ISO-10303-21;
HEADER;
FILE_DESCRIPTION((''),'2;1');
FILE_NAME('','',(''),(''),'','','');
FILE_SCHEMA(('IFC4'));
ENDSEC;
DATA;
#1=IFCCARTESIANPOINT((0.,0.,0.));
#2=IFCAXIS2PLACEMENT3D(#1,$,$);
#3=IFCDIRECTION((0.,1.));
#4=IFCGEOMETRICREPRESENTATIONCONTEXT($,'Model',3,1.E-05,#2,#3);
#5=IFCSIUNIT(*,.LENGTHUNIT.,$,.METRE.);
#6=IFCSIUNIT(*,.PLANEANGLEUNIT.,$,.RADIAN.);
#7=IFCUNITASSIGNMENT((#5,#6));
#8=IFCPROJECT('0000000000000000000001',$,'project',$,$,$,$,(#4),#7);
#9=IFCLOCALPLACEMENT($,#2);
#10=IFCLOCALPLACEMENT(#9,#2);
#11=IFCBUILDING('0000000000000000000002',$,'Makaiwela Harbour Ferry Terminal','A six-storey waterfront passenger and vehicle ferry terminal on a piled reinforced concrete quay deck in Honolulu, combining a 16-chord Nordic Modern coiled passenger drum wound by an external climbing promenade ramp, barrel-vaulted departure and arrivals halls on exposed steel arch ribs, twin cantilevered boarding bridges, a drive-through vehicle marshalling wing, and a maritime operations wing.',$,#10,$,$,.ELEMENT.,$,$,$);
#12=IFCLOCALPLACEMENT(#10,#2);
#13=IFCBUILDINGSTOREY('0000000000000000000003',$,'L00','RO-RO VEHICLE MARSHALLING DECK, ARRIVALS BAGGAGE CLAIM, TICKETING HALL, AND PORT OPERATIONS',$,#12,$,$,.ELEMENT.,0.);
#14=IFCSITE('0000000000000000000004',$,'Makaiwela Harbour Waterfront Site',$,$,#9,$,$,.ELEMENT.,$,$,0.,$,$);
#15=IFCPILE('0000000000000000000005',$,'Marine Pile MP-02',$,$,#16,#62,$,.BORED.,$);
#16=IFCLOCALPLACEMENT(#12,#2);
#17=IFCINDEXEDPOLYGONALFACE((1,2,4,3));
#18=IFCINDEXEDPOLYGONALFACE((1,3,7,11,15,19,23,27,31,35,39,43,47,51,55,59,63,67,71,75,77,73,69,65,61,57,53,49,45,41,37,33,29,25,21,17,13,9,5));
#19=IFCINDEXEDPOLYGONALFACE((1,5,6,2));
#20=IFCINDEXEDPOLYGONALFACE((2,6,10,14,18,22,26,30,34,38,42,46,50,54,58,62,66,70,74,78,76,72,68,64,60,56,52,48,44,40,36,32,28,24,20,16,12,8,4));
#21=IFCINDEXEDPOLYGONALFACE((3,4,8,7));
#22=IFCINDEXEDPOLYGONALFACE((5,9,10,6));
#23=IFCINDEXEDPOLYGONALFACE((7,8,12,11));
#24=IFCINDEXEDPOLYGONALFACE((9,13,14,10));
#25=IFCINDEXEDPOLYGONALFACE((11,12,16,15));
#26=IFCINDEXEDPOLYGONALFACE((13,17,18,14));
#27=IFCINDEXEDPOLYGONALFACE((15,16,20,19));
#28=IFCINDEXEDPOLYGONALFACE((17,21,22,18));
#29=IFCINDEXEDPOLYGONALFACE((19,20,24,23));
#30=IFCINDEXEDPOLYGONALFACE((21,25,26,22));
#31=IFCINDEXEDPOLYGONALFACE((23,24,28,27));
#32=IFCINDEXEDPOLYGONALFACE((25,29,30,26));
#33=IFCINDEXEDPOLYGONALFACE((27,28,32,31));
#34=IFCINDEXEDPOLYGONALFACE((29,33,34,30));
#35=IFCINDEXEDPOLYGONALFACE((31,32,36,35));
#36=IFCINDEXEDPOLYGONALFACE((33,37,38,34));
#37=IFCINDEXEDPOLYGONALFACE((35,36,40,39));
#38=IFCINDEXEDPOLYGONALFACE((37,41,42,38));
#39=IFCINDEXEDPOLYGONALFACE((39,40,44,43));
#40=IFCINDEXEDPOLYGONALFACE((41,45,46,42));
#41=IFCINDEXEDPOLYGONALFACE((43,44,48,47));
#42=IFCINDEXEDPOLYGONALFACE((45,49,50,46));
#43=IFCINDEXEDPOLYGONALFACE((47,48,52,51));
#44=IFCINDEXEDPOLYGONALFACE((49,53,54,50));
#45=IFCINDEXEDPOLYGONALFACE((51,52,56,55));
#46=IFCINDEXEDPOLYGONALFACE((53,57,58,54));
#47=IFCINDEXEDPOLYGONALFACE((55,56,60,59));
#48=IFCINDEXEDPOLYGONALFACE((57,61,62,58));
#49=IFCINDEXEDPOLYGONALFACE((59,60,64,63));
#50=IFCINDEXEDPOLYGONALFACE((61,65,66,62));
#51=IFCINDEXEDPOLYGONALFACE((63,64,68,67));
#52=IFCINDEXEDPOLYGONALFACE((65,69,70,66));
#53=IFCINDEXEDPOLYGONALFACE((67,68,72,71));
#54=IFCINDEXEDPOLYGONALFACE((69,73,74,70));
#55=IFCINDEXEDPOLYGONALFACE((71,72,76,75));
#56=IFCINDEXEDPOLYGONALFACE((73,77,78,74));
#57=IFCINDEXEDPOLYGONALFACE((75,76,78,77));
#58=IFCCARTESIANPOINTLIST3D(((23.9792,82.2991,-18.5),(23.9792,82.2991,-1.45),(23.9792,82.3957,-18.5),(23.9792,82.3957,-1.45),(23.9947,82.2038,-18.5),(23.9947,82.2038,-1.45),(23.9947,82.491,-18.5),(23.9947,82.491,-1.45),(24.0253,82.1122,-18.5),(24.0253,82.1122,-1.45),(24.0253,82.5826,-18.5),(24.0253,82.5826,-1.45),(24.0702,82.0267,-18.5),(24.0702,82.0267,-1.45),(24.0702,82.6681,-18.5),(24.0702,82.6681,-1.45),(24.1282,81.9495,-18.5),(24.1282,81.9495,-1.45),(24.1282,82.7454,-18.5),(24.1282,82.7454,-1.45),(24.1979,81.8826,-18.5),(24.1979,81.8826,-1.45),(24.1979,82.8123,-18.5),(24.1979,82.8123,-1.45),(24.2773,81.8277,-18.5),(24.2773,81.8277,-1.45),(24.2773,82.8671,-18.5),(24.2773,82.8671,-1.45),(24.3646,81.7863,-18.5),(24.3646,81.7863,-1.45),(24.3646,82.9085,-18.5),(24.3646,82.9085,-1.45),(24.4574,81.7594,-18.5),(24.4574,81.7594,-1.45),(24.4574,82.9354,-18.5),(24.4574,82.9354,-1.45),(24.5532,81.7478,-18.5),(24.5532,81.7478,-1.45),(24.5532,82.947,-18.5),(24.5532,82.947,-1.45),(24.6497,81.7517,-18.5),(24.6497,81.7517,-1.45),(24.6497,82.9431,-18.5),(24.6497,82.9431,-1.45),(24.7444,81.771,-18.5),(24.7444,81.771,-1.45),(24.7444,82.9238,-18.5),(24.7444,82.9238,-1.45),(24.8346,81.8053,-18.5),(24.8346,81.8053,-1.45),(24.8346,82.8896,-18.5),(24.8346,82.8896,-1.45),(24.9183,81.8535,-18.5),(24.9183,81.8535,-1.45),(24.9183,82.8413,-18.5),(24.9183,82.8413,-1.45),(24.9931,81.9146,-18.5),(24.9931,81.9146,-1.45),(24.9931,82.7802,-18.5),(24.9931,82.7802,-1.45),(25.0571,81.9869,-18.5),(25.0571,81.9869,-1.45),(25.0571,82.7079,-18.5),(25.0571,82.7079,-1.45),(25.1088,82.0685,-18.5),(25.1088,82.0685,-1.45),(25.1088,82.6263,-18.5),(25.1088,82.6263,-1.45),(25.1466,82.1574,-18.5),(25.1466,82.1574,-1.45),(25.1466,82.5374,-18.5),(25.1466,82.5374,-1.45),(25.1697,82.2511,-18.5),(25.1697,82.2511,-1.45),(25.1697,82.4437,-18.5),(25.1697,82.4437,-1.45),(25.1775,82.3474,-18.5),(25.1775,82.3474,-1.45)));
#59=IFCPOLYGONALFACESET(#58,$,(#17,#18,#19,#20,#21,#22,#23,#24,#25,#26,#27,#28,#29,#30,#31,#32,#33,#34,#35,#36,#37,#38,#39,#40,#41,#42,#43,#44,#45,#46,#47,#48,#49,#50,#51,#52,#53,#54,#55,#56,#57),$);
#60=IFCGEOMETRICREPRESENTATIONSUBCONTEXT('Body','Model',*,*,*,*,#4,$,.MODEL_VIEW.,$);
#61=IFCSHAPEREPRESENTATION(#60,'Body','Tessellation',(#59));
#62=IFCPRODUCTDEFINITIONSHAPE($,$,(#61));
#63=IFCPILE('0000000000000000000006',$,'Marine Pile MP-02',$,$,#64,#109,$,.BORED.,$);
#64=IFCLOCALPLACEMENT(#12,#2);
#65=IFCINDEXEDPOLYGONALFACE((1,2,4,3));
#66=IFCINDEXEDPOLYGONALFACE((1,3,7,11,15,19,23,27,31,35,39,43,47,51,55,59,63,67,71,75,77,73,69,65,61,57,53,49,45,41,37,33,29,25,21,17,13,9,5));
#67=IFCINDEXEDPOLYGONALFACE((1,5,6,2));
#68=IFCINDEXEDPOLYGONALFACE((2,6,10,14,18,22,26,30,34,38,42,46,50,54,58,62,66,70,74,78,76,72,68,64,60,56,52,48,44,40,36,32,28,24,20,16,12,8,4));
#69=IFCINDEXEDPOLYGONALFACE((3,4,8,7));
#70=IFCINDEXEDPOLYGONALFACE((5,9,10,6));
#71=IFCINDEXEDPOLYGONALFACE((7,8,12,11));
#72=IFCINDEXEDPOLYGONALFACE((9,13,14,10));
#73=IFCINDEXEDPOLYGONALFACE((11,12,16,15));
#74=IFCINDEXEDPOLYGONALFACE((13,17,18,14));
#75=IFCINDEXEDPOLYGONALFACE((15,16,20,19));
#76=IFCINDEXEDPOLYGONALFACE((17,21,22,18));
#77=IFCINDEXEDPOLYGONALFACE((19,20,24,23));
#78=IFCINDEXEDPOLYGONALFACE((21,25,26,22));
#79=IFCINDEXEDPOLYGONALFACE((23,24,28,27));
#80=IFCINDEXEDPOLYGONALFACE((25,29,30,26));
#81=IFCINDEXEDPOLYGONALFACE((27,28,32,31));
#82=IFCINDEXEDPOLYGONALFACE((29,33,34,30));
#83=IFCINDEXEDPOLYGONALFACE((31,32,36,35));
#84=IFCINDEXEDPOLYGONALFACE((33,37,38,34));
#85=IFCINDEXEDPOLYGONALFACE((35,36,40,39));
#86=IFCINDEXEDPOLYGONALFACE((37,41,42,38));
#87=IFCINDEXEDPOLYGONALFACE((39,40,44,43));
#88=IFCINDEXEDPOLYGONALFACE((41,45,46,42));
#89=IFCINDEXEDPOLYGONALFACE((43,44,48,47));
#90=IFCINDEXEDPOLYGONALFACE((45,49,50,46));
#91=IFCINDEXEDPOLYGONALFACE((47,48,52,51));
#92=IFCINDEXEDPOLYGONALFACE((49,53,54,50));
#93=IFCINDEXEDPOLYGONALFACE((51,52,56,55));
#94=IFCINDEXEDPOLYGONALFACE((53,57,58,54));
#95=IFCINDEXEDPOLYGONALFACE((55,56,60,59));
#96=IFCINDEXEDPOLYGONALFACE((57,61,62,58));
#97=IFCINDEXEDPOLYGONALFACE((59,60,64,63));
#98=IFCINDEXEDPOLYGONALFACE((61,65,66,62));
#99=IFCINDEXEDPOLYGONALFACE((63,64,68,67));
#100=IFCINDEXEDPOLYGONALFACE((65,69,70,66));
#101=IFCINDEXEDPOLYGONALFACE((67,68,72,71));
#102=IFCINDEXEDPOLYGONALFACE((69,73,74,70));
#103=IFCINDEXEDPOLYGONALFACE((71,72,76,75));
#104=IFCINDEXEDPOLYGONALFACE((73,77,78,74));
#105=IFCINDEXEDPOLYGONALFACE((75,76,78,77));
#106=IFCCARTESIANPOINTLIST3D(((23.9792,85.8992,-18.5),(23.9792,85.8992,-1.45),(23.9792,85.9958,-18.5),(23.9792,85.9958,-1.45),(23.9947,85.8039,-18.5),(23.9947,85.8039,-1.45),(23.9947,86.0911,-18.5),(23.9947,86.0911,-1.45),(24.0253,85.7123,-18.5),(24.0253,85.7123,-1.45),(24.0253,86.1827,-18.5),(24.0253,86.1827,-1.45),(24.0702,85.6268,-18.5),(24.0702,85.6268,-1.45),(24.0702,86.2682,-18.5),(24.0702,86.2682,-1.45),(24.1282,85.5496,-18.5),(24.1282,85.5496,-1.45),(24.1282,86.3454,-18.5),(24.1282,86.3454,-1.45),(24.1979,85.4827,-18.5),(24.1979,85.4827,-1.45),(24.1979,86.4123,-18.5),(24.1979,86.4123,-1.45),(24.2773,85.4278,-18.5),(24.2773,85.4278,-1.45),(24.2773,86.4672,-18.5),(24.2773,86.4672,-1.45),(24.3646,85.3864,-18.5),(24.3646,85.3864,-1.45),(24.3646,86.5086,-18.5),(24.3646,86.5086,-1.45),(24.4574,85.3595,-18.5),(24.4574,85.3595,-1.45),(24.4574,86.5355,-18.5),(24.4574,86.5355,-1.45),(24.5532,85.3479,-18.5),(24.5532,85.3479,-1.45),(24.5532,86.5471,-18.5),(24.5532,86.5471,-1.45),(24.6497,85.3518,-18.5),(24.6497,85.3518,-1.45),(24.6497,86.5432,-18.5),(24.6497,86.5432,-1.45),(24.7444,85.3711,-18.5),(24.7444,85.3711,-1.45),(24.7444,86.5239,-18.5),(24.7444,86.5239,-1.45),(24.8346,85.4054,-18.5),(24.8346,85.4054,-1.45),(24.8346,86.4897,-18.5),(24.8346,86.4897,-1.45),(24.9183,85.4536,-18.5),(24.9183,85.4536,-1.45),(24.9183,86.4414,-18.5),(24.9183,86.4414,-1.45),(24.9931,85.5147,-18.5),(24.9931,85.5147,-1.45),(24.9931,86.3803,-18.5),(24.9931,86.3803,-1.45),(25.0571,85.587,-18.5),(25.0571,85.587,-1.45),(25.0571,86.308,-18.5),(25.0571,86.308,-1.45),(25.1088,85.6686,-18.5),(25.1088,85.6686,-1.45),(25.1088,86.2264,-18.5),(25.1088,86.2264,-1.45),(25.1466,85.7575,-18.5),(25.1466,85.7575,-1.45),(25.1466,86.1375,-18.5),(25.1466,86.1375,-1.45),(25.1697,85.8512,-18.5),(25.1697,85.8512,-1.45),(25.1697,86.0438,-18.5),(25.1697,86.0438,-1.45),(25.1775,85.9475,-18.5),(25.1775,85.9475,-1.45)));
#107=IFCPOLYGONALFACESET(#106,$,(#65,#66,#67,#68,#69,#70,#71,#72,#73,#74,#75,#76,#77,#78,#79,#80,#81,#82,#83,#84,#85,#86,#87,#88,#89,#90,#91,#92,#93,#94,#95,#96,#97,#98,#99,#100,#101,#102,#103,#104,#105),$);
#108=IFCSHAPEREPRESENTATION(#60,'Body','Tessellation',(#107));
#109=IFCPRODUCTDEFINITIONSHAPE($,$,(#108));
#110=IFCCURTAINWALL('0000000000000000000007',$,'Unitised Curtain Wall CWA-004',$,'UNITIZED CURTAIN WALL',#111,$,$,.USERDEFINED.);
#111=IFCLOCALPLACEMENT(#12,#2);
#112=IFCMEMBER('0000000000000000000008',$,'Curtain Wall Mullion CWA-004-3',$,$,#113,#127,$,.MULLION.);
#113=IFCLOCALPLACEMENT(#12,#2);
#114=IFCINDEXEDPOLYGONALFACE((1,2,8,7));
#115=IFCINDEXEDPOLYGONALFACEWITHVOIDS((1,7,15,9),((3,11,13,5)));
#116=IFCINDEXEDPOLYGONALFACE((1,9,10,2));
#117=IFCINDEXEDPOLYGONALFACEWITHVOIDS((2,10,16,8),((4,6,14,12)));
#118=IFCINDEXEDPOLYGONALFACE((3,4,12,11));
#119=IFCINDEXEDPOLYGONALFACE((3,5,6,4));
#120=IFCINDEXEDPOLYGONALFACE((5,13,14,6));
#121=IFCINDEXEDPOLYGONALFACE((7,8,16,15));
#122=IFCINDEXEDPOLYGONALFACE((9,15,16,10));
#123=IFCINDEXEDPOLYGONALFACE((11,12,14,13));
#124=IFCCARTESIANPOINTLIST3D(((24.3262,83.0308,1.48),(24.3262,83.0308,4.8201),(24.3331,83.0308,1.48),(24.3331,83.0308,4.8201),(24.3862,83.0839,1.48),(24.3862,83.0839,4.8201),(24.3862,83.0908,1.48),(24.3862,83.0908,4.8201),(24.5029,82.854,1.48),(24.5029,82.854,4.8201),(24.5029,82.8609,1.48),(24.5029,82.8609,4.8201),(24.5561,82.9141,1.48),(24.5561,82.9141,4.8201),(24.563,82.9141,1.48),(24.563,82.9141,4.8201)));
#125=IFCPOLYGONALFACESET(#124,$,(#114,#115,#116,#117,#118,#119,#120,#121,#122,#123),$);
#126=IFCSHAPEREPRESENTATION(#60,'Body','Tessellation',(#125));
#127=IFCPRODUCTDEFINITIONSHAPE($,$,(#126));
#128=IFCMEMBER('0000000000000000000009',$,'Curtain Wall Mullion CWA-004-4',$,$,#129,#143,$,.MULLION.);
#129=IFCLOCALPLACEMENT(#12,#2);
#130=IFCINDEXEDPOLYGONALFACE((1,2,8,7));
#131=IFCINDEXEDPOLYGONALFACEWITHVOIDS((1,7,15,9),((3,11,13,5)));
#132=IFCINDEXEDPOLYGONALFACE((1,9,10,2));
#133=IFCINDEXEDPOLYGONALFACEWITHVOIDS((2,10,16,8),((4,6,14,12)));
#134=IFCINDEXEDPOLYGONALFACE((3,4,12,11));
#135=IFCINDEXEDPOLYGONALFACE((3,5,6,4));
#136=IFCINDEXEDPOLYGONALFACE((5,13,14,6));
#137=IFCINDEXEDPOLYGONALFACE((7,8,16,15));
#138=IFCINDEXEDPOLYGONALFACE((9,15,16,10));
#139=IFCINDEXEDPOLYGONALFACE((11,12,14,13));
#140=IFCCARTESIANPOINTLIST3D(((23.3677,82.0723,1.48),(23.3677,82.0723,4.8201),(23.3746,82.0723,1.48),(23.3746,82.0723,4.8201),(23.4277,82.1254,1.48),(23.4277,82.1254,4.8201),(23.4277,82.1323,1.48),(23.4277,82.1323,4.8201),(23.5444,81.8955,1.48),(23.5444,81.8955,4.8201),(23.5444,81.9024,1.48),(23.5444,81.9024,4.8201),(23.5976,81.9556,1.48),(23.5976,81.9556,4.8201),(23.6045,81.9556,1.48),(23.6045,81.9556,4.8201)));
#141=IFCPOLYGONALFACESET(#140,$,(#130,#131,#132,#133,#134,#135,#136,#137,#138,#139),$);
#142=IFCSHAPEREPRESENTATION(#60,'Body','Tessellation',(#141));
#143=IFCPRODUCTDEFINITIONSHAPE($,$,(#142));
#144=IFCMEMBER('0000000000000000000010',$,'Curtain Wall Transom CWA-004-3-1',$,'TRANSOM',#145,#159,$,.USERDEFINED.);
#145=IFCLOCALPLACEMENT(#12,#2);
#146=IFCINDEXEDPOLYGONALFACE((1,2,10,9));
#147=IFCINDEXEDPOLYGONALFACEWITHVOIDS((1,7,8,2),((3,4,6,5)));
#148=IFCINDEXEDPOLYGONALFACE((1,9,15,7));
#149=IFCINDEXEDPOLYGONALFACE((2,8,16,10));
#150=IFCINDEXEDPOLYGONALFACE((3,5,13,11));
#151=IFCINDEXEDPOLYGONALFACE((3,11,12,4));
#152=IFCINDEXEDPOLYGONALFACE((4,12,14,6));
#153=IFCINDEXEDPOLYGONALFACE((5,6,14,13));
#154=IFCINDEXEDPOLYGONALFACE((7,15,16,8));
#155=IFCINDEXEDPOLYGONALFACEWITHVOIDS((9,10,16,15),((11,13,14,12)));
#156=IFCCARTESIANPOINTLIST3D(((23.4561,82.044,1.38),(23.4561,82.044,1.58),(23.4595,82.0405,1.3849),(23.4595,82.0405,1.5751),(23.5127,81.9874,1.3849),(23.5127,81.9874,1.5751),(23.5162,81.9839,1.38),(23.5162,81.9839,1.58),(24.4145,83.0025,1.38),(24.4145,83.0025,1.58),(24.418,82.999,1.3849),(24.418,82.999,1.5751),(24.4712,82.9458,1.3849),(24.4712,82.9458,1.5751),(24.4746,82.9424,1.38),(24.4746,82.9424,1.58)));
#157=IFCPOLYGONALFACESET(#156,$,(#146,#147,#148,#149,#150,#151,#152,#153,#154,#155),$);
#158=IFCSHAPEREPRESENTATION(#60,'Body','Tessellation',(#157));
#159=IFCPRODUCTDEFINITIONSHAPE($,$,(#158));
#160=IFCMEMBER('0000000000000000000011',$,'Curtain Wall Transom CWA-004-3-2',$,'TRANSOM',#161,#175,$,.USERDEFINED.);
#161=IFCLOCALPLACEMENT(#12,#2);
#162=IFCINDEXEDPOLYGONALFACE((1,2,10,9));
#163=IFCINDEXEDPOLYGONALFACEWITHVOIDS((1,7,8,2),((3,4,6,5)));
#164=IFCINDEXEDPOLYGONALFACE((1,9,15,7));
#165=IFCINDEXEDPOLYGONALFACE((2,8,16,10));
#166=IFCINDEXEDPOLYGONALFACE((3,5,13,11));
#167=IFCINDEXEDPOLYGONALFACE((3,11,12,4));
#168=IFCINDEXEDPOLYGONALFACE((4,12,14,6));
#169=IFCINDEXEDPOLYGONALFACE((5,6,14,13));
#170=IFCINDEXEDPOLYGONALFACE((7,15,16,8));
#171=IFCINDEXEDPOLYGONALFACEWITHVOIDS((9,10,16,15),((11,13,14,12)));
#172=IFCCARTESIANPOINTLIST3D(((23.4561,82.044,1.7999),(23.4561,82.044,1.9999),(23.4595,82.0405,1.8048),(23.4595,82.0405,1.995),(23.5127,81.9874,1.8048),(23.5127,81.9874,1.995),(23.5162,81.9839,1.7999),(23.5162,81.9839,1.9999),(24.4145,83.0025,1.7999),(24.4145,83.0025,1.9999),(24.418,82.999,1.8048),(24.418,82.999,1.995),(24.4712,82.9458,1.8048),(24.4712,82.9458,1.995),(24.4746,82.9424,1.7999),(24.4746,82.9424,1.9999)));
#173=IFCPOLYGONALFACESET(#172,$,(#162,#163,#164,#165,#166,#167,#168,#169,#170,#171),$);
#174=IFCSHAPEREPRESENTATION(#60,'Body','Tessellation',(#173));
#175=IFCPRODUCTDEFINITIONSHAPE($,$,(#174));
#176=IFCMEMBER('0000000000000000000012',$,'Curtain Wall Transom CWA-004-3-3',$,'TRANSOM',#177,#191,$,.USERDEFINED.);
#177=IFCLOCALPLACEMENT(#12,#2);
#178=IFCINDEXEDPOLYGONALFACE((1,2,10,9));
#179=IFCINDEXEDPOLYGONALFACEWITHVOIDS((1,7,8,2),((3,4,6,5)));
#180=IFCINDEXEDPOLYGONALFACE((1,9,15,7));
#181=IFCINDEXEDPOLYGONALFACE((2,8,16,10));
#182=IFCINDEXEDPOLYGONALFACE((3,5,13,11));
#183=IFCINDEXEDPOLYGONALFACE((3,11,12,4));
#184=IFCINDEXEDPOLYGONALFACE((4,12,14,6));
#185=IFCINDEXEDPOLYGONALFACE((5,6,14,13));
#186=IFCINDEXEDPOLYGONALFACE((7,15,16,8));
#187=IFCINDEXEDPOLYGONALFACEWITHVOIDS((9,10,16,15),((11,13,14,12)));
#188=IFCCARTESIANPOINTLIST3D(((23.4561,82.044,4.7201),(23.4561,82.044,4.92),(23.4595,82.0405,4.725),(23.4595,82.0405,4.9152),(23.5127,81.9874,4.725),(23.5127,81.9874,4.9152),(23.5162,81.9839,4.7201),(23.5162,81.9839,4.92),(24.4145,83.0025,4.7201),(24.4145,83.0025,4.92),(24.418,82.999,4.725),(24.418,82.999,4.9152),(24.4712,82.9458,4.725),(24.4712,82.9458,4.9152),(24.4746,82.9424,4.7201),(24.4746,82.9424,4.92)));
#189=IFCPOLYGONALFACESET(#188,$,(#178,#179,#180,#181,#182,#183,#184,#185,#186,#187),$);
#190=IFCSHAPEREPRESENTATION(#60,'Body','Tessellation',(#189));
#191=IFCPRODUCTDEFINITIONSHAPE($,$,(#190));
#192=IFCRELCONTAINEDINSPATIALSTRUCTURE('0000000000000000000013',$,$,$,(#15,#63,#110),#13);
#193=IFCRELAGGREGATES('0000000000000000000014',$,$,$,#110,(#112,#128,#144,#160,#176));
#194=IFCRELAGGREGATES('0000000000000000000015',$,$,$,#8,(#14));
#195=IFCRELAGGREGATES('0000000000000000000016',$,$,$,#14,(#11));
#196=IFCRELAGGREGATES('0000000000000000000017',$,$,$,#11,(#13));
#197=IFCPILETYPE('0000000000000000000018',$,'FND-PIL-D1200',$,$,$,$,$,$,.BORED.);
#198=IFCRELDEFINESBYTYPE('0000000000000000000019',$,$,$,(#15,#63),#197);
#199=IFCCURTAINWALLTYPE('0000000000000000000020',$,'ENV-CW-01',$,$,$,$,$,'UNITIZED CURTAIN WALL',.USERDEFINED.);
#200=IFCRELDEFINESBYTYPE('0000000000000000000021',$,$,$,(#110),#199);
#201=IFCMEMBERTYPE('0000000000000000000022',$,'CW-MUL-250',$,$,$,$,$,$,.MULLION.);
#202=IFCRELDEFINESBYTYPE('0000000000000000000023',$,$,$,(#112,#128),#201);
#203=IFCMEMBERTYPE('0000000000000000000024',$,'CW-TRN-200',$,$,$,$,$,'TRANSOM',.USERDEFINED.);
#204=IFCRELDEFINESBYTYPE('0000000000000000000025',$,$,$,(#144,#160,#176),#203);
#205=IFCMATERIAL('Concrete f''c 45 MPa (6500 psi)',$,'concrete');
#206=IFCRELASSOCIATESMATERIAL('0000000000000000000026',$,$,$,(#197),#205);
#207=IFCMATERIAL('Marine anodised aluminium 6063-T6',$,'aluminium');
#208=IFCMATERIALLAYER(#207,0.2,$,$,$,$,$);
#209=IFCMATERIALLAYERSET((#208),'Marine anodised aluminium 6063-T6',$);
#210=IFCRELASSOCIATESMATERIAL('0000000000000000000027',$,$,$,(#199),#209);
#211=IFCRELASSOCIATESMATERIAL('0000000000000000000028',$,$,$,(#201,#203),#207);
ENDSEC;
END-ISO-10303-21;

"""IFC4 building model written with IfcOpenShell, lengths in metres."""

from ifc_helpers import new_model, si_unit, direction, frame, origin, origin_2d, place, context, subcontext, project, spatial, hollow_rectangle, circle, extrude, material, layer, layer_set, material_profile, profile_set, type_object, element, aggregate, save


model = new_model("IFC4")

# Units and contexts
model_context = context("Model", 3, precision=1e-05, world=origin(), true_north=direction((0.0, 1.0)))
body_context = subcontext(model_context, "Body", "Model", "MODEL_VIEW")
ifc_project = project(units=[si_unit("LENGTHUNIT", "METRE"), si_unit("PLANEANGLEUNIT", "RADIAN")], contexts=[model_context])

# Site, building, storey
site_placement = place(None, origin())
site = spatial("IfcSite", under=ifc_project, at=site_placement, Name="Makaiwela Harbour Waterfront Site", CompositionType="ELEMENT", RefElevation=0.0)
building_placement = place(site_placement, origin())
building = spatial("IfcBuilding", under=site, at=building_placement, Name="Makaiwela Harbour Ferry Terminal", Description="A six-storey waterfront passenger and vehicle ferry terminal on a piled reinforced concrete quay deck in Honolulu, combining a 16-chord Nordic Modern coiled passenger drum wound by an external climbing promenade ramp, barrel-vaulted departure and arrivals halls on exposed steel arch ribs, twin cantilevered boarding bridges, a drive-through vehicle marshalling wing, and a maritime operations wing.", CompositionType="ELEMENT")
storey_placement = place(building_placement, origin())
storey = spatial("IfcBuildingStorey", under=building, at=storey_placement, Name="L00", Description="RO-RO VEHICLE MARSHALLING DECK, ARRIVALS BAGGAGE CLAIM, TICKETING HALL, AND PORT OPERATIONS", CompositionType="ELEMENT", Elevation=0.0)

# Piles
ifc_material_1 = material(Name="Concrete f'c 45 MPa (6500 psi)", Category="concrete")
ifc_material_profile_1 = material_profile(ifc_material_1, circle(Radius=0.6001, at=origin_2d()), Name="PILE-D1200")
ifc_profile_set_1 = profile_set([ifc_material_profile_1], Name="Concrete f'c 45 MPa (6500 psi)")
pile_type = type_object("IfcPileType", Name="FND-PIL-D1200", PredefinedType="BORED", material=ifc_profile_set_1)
for number, where, z_axis, x_axis, name in (
    (1, (24.5774, 82.3474, -1.45), (0.0, 0.0, -1.0), (1.0, 0.0, 0.0), "Marine Pile MP-02"),
    (2, (24.5774, 85.9475, -1.45), (0.0, 0.0, -1.0), (1.0, 0.0, 0.0), "Marine Pile MP-02"),
):
    element("IfcPile", number, at=place(storey_placement, frame(where, z_axis=z_axis, x_axis=x_axis)), inside=storey, type_object=pile_type, Name=name, PredefinedType="BORED", context=body_context, shape_type="SweptSolid", body=[
        extrude(circle(Radius=0.6001, at=origin_2d()), origin(), (0.0, 0.0, 1.0), 17.05),
    ])

# Curtain wall, members
ifc_material_2 = material(Name="Marine anodised aluminium 6063-T6", Category="aluminium")
ifc_layer_1 = layer(ifc_material_2, 0.2)
ifc_layer_set_1 = layer_set([ifc_layer_1], Name="Marine anodised aluminium 6063-T6")
curtain_wall_type = type_object("IfcCurtainWallType", Name="ENV-CW-01", ElementType="UNITIZED CURTAIN WALL", PredefinedType="USERDEFINED", material=ifc_layer_set_1)
curtain_wall_placement = place(storey_placement, origin())
curtain_wall = element("IfcCurtainWall", 3, at=curtain_wall_placement, inside=storey, type_object=curtain_wall_type, Name="Unitised Curtain Wall CWA-004", ObjectType="UNITIZED CURTAIN WALL", PredefinedType="USERDEFINED")
ifc_material_profile_2 = material_profile(ifc_material_2, hollow_rectangle(XDim=0.085, YDim=0.25, WallThickness=0.0049, at=origin_2d()), Name="CWM-250X85")
ifc_profile_set_2 = profile_set([ifc_material_profile_2], Name="Marine anodised aluminium 6063-T6")
member_type_1 = type_object("IfcMemberType", Name="CW-MUL-250", PredefinedType="MULLION", material=ifc_profile_set_2)
member_1_placement = place(storey_placement, frame((24.4446, 82.9724, 1.48), z_axis=(0.0, 0.0, 1.0), x_axis=(0.707107, 0.707107, 0.0)))
member_1 = element("IfcMember", 4, at=member_1_placement, type_object=member_type_1, Name="Curtain Wall Mullion CWA-004-3", PredefinedType="MULLION", context=body_context, shape_type="SweptSolid", body=[
    extrude(hollow_rectangle(XDim=0.085, YDim=0.25, WallThickness=0.0049, at=origin_2d()), origin(), (0.0, 0.0, 1.0), 3.3401),
])
member_2_placement = place(storey_placement, frame((23.4861, 82.0139, 1.48), z_axis=(0.0, 0.0, 1.0), x_axis=(0.707107, 0.707107, 0.0)))
member_2 = element("IfcMember", 5, at=member_2_placement, type_object=member_type_1, Name="Curtain Wall Mullion CWA-004-4", PredefinedType="MULLION", context=body_context, shape_type="SweptSolid", body=[
    extrude(hollow_rectangle(XDim=0.085, YDim=0.25, WallThickness=0.0049, at=origin_2d()), origin(), (0.0, 0.0, 1.0), 3.3401),
])
ifc_material_profile_3 = material_profile(ifc_material_2, hollow_rectangle(XDim=0.085, YDim=0.2, WallThickness=0.0049, at=origin_2d()), Name="CWT-200X85")
ifc_profile_set_3 = profile_set([ifc_material_profile_3], Name="Marine anodised aluminium 6063-T6")
member_type_2 = type_object("IfcMemberType", Name="CW-TRN-200", ElementType="TRANSOM", PredefinedType="USERDEFINED", material=ifc_profile_set_3)
member_3_placement = place(storey_placement, frame((24.4446, 82.9724, 1.48), z_axis=(-0.707107, -0.707107, 0.0), x_axis=(0.707107, -0.707107, 0.0)))
member_3 = element("IfcMember", 6, at=member_3_placement, type_object=member_type_2, Name="Curtain Wall Transom CWA-004-3-1", ObjectType="TRANSOM", PredefinedType="USERDEFINED", context=body_context, shape_type="SweptSolid", body=[
    extrude(hollow_rectangle(XDim=0.085, YDim=0.2, WallThickness=0.0049, at=origin_2d()), origin(), (0.0, 0.0, 1.0), 1.3555),
])
member_4_placement = place(storey_placement, frame((24.4446, 82.9724, 1.8999), z_axis=(-0.707107, -0.707107, 0.0), x_axis=(0.707107, -0.707107, 0.0)))
member_4 = element("IfcMember", 7, at=member_4_placement, type_object=member_type_2, Name="Curtain Wall Transom CWA-004-3-2", ObjectType="TRANSOM", PredefinedType="USERDEFINED", context=body_context, shape_type="SweptSolid", body=[
    extrude(hollow_rectangle(XDim=0.085, YDim=0.2, WallThickness=0.0049, at=origin_2d()), origin(), (0.0, 0.0, 1.0), 1.3555),
])
member_5_placement = place(storey_placement, frame((24.4446, 82.9724, 4.8201), z_axis=(-0.707107, -0.707107, 0.0), x_axis=(0.707107, -0.707107, 0.0)))
member_5 = element("IfcMember", 8, at=member_5_placement, type_object=member_type_2, Name="Curtain Wall Transom CWA-004-3-3", ObjectType="TRANSOM", PredefinedType="USERDEFINED", context=body_context, shape_type="SweptSolid", body=[
    extrude(hollow_rectangle(XDim=0.085, YDim=0.2, WallThickness=0.0049, at=origin_2d()), origin(), (0.0, 0.0, 1.0), 1.3555),
])

aggregate(curtain_wall, [member_1, member_2, member_3, member_4, member_5])

save(model, "model.ifc")
